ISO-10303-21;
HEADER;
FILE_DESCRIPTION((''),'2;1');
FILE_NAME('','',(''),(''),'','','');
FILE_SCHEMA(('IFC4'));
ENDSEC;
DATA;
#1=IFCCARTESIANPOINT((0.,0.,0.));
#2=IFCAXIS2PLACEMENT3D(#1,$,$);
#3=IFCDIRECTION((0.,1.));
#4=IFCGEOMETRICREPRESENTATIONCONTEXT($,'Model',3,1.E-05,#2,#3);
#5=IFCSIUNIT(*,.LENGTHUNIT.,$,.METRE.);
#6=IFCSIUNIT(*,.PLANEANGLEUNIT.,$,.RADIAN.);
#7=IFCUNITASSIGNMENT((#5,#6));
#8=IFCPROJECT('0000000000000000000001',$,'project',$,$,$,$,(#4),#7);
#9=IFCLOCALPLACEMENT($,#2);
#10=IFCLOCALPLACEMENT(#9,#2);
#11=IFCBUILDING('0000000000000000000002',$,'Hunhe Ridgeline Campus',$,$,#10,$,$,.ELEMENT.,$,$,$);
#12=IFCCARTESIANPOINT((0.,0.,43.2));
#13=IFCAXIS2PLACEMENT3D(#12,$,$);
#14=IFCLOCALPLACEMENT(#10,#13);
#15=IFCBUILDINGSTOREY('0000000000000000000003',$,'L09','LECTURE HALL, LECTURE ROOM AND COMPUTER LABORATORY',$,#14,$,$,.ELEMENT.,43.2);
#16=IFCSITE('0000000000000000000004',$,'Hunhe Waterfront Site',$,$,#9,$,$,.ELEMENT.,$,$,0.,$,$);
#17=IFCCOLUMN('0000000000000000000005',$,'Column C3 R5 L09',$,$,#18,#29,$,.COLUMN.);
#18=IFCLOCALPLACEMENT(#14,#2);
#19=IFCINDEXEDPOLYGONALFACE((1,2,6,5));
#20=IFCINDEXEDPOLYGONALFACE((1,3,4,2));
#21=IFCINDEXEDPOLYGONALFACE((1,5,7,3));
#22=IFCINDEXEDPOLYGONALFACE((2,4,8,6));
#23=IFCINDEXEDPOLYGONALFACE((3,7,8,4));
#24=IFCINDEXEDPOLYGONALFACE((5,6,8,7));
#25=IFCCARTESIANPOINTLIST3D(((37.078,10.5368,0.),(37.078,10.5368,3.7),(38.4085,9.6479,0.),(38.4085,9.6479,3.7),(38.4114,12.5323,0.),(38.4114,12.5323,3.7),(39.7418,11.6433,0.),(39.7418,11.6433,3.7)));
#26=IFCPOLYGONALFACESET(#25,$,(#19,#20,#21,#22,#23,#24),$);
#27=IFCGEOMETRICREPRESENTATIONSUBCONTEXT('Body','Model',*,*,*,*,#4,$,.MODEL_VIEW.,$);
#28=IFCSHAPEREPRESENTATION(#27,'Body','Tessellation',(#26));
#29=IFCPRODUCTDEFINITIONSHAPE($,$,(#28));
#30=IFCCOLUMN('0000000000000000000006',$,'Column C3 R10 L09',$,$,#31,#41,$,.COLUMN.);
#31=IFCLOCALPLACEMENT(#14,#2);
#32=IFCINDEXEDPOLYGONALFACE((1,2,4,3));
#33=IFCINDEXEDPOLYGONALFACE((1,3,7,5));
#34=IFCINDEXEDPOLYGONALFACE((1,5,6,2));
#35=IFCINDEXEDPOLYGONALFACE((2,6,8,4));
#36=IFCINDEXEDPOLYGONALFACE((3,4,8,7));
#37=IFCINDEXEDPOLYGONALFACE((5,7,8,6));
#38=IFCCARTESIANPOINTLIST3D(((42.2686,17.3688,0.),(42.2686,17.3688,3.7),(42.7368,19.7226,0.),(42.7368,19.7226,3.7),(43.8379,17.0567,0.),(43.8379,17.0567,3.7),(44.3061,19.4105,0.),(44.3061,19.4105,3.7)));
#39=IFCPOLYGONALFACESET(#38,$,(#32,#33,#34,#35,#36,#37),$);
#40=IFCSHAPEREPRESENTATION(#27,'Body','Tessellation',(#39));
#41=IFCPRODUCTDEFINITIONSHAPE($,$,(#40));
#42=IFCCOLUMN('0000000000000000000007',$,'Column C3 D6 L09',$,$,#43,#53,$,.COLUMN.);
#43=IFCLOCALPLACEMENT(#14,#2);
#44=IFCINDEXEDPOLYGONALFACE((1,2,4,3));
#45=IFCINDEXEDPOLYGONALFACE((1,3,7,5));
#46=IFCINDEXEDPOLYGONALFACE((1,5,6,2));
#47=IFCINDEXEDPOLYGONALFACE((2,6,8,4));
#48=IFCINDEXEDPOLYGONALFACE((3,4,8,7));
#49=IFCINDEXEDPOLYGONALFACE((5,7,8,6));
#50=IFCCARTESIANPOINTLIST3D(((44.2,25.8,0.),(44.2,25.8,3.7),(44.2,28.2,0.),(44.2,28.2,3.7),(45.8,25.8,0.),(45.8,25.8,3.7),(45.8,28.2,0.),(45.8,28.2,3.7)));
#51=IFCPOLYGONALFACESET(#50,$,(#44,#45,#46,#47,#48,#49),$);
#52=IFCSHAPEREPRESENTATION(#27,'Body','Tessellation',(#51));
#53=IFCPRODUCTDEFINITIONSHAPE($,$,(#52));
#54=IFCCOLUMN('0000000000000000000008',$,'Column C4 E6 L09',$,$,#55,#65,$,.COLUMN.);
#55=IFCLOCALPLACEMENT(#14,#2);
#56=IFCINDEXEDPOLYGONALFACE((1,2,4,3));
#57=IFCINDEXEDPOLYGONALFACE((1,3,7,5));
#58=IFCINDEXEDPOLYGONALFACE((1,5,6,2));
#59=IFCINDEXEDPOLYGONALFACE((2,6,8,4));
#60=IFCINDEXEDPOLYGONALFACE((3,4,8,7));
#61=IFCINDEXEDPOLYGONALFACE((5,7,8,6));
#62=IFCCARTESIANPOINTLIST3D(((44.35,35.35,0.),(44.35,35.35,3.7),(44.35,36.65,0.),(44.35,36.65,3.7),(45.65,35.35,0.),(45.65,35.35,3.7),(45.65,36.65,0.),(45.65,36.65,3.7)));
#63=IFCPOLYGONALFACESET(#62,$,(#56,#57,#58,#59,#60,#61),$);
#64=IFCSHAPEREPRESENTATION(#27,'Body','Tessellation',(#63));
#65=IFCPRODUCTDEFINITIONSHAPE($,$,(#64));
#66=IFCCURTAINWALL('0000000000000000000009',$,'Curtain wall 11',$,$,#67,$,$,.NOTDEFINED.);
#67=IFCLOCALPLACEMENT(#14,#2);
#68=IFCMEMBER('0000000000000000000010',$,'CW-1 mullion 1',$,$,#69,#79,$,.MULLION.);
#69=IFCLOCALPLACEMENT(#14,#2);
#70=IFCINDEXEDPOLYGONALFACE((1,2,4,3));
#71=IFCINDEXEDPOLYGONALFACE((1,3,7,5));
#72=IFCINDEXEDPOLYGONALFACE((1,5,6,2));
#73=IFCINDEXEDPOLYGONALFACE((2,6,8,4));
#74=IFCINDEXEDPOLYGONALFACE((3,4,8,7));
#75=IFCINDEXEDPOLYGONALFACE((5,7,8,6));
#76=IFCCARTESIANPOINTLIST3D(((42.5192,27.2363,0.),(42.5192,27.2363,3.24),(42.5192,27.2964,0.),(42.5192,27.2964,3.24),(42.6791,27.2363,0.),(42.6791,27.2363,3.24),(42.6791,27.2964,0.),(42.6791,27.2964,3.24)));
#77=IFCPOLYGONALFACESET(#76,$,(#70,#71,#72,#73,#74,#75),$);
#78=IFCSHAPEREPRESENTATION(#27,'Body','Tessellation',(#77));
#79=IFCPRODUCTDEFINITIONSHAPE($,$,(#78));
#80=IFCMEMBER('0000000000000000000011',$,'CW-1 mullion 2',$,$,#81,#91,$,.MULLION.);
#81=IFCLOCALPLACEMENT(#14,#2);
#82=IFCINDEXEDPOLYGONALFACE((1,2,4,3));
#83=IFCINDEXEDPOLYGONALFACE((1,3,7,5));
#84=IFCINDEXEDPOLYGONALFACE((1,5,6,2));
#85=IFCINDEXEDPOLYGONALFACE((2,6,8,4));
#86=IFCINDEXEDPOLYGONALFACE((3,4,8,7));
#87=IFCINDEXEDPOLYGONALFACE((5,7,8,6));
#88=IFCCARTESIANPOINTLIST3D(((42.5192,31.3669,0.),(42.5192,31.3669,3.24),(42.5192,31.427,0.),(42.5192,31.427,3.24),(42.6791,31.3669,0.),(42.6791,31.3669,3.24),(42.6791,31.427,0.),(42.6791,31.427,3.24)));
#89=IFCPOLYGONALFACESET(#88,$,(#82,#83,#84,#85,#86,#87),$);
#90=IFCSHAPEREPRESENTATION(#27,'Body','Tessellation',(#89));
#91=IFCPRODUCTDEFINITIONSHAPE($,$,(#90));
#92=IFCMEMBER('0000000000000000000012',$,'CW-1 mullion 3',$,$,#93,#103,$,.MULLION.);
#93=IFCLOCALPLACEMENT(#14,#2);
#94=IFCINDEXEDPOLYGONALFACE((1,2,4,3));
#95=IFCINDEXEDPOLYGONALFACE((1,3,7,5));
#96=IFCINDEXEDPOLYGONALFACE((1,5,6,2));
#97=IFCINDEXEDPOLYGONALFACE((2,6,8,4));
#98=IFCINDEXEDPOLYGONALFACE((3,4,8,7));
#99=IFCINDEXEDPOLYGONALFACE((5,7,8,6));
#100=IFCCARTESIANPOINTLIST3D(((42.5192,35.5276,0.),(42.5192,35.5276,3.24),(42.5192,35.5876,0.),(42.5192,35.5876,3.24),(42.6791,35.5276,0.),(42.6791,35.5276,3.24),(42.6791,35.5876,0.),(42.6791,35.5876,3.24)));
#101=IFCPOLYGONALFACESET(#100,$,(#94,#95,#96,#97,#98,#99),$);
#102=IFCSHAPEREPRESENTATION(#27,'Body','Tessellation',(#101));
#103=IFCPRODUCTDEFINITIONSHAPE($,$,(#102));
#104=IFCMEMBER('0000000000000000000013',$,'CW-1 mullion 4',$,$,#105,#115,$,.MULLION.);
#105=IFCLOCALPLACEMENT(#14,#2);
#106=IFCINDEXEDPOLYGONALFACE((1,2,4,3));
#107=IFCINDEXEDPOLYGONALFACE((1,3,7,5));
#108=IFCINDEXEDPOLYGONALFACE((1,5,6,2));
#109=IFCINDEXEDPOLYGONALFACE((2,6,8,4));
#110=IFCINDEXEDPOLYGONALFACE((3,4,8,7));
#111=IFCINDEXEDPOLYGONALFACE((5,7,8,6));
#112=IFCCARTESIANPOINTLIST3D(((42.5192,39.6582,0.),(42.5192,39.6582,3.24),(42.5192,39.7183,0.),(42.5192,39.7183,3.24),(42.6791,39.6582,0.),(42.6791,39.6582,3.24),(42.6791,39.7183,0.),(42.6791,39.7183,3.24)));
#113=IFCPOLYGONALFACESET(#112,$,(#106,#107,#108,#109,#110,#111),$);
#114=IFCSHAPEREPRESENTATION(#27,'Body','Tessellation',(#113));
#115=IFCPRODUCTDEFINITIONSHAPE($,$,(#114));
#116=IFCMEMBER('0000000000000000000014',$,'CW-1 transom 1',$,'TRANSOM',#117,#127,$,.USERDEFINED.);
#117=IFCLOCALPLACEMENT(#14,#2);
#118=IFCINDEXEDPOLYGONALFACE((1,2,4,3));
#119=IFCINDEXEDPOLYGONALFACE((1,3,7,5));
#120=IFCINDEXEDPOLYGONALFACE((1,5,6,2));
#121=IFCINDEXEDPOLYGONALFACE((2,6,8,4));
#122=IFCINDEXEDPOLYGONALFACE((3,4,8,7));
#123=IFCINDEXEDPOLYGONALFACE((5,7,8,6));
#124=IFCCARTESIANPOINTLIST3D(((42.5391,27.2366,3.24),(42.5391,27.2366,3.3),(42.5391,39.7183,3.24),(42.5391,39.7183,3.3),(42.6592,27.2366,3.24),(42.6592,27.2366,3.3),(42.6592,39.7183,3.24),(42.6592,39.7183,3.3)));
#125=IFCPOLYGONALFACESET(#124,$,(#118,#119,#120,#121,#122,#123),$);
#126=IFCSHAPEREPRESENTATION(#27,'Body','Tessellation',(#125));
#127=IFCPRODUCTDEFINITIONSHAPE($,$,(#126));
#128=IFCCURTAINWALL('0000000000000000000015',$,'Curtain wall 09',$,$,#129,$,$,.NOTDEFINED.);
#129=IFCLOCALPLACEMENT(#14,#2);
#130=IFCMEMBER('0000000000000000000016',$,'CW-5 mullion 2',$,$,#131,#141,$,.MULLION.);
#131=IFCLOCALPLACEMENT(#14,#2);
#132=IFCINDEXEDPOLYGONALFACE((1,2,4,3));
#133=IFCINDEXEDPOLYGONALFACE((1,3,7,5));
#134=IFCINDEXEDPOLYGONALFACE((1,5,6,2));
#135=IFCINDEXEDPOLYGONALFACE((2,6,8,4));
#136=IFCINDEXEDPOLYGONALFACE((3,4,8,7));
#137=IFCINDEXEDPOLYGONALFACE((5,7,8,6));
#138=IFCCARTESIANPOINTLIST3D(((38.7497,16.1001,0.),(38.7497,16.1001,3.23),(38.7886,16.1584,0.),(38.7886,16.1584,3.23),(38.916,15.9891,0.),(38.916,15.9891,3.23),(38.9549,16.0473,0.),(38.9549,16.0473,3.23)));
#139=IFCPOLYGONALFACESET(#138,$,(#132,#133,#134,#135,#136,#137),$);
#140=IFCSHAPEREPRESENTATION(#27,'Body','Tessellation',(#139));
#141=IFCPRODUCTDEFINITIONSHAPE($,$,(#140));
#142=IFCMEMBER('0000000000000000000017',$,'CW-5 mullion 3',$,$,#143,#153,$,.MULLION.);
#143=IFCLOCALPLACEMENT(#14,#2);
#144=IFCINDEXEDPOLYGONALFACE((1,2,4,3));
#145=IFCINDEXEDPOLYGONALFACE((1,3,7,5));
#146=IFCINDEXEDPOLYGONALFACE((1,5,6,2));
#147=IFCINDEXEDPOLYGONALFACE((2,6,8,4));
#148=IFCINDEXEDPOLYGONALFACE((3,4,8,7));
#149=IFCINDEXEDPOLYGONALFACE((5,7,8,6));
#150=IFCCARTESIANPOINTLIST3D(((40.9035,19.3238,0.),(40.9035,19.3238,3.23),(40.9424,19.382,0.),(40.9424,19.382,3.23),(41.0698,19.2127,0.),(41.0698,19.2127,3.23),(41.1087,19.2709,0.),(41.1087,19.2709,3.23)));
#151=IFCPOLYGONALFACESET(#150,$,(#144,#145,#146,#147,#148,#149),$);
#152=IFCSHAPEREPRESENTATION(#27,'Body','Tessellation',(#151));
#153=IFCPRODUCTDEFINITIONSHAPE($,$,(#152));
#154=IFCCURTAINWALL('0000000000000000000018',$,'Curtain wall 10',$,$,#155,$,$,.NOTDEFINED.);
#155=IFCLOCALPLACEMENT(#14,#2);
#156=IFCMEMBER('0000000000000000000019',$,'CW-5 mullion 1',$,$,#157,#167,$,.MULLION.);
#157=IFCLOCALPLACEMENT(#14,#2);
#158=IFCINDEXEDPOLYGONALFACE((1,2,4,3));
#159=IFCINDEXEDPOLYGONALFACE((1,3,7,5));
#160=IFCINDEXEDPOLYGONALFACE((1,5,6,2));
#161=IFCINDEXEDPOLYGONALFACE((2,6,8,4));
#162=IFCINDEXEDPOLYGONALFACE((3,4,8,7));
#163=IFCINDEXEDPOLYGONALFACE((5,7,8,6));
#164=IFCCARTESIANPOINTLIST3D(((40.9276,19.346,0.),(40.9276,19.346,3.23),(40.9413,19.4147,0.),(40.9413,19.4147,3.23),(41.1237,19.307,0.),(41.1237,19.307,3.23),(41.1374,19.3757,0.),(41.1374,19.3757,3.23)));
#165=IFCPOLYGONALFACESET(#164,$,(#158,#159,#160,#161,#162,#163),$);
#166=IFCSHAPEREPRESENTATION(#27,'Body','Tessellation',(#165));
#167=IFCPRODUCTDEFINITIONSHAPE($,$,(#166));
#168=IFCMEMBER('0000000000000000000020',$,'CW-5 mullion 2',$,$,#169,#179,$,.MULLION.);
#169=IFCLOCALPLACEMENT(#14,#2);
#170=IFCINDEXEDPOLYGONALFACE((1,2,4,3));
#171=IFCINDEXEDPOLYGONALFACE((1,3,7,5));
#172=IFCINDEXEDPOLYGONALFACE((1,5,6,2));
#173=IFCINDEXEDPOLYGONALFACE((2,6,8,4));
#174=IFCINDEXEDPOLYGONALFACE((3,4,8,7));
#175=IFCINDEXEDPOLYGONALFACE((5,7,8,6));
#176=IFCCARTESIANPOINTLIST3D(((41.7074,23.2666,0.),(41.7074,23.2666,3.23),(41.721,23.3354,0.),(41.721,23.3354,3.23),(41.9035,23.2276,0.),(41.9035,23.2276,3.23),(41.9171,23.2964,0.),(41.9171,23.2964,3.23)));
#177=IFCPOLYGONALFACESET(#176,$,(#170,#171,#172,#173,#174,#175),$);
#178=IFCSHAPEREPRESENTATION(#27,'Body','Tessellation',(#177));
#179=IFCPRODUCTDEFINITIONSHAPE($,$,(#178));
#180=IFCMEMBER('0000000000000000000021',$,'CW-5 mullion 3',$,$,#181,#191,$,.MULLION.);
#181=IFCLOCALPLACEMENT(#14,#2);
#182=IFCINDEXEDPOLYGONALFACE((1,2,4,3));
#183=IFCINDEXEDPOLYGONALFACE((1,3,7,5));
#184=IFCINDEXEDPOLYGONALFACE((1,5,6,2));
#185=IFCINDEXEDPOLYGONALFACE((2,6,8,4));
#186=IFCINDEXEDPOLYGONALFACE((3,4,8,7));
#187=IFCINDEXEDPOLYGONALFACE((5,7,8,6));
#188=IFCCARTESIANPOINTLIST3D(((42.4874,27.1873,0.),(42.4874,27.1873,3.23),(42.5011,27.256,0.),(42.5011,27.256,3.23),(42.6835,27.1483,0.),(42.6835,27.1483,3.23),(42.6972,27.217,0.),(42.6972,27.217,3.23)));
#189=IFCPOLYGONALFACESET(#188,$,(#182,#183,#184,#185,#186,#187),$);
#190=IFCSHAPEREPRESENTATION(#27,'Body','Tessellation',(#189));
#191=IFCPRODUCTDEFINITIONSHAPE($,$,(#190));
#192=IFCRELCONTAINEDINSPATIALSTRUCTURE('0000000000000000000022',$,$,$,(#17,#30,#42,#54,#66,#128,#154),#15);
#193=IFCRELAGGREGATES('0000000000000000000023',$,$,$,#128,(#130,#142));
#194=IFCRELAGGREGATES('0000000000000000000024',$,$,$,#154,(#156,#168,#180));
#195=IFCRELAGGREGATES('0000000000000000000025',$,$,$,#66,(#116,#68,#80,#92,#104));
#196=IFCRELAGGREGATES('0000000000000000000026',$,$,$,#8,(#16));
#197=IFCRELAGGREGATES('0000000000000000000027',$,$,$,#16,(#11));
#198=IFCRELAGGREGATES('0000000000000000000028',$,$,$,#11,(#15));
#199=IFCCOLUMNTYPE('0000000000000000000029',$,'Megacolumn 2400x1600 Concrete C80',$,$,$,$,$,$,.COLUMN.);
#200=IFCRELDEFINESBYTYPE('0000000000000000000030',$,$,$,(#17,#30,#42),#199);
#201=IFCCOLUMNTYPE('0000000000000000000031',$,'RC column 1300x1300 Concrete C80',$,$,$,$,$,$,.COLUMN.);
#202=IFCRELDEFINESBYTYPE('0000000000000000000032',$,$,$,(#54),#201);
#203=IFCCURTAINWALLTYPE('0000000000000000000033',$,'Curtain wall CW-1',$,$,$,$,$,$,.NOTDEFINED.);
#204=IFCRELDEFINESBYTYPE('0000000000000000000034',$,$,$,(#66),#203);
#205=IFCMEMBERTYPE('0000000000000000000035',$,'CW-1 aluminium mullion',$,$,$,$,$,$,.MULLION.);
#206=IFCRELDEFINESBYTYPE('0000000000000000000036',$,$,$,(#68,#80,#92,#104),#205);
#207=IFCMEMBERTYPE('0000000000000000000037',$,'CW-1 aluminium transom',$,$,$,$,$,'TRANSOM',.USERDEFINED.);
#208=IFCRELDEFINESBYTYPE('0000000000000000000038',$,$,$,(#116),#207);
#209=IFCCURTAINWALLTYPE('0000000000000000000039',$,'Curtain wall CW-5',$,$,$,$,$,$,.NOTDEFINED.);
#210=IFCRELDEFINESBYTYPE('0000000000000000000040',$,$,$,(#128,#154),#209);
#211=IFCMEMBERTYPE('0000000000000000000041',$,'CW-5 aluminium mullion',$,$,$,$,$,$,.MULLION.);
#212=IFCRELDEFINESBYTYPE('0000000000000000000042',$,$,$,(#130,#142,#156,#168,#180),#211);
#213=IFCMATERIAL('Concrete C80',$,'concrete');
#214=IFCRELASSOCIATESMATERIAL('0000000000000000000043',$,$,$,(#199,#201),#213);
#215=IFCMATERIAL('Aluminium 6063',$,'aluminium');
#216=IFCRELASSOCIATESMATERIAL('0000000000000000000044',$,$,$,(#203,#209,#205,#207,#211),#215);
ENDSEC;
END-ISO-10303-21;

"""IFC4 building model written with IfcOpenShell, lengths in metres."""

from ifc_helpers import new_model, si_unit, direction, frame, origin, origin_2d, place, context, subcontext, project, spatial, rectangle, extrude, material, material_profile, profile_set, type_object, element, aggregate, save


model = new_model("IFC4")

# Units and contexts
model_context = context("Model", 3, precision=1e-05, world=origin(), true_north=direction((0.0, 1.0)))
body_context = subcontext(model_context, "Body", "Model", "MODEL_VIEW")
ifc_project = project(units=[si_unit("LENGTHUNIT", "METRE"), si_unit("PLANEANGLEUNIT", "RADIAN")], contexts=[model_context])

# Site, building, storey
site_placement = place(None, origin())
site = spatial("IfcSite", under=ifc_project, at=site_placement, Name="Hunhe Waterfront Site", CompositionType="ELEMENT", RefElevation=0.0)
building_placement = place(site_placement, origin())
building = spatial("IfcBuilding", under=site, at=building_placement, Name="Hunhe Ridgeline Campus", CompositionType="ELEMENT")
storey_placement = place(building_placement, frame((0.0, 0.0, 43.2)))
storey = spatial("IfcBuildingStorey", under=building, at=storey_placement, Name="L09", Description="LECTURE HALL, LECTURE ROOM AND COMPUTER LABORATORY", CompositionType="ELEMENT", Elevation=43.2)

# Columns
ifc_material_1 = material(Name="Concrete C80", Category="concrete")
ifc_material_profile_1 = material_profile(ifc_material_1, rectangle(XDim=2.3999, YDim=1.6001, at=origin_2d()))
ifc_profile_set_1 = profile_set([ifc_material_profile_1], Name="Concrete C80")
column_type_1 = type_object("IfcColumnType", Name="Megacolumn 2400x1600 Concrete C80", PredefinedType="COLUMN", material=ifc_profile_set_1)
for number, where, z_axis, x_axis, name in (
    (1, (38.4099, 11.0901, 0.0), (0.0, 0.0, 1.0), (0.55557, 0.83147, 0.0), "Column C3 R5 L09"),
    (2, (43.2874, 18.3896, 0.0), (0.0, 0.0, 1.0), (0.19509, 0.980785, 0.0), "Column C3 R10 L09"),
    (3, (45.0, 27.0, 0.0), (0.0, 0.0, 1.0), (0.0, 1.0, 0.0), "Column C3 D6 L09"),
):
    element("IfcColumn", number, at=place(storey_placement, frame(where, z_axis=z_axis, x_axis=x_axis)), inside=storey, type_object=column_type_1, Name=name, PredefinedType="COLUMN", context=body_context, shape_type="SweptSolid", body=[
        extrude(rectangle(XDim=2.3999, YDim=1.6001, at=origin_2d()), origin(), (0.0, 0.0, 1.0), 3.7),
    ])
ifc_material_profile_2 = material_profile(ifc_material_1, rectangle(XDim=1.3, YDim=1.3, at=origin_2d()))
ifc_profile_set_2 = profile_set([ifc_material_profile_2], Name="Concrete C80")
column_type_2 = type_object("IfcColumnType", Name="RC column 1300x1300 Concrete C80", PredefinedType="COLUMN", material=ifc_profile_set_2)
column_placement = place(storey_placement, frame((45.0, 36.0, 0.0), z_axis=(0.0, 0.0, 1.0), x_axis=(1.0, 0.0, 0.0)))
element("IfcColumn", 4, at=column_placement, inside=storey, type_object=column_type_2, Name="Column C4 E6 L09", PredefinedType="COLUMN", context=body_context, shape_type="SweptSolid", body=[
    extrude(rectangle(XDim=1.3, YDim=1.3, at=origin_2d()), origin(), (0.0, 0.0, 1.0), 3.7),
])

# Curtain walls, members
ifc_material_2 = material(Name="Aluminium 6063", Category="aluminium")
curtain_wall_type_1 = type_object("IfcCurtainWallType", Name="Curtain wall CW-1", PredefinedType="NOTDEFINED", material=ifc_material_2)
curtain_wall_1_placement = place(storey_placement, origin())
curtain_wall_1 = element("IfcCurtainWall", 5, at=curtain_wall_1_placement, inside=storey, type_object=curtain_wall_type_1, Name="Curtain wall 11", PredefinedType="NOTDEFINED")
ifc_material_profile_3 = material_profile(ifc_material_2, rectangle(XDim=0.1599, YDim=0.0601, at=origin_2d()))
ifc_profile_set_3 = profile_set([ifc_material_profile_3], Name="Aluminium 6063")
member_type_1 = type_object("IfcMemberType", Name="CW-1 aluminium mullion", PredefinedType="MULLION", material=ifc_profile_set_3)
member_1_placement = place(storey_placement, frame((42.5991, 27.2664, 0.0), z_axis=(0.0, 0.0, 1.0), x_axis=(-1.0, 0.0, 0.0)))
member_1 = element("IfcMember", 6, at=member_1_placement, type_object=member_type_1, Name="CW-1 mullion 1", PredefinedType="MULLION", context=body_context, shape_type="SweptSolid", body=[
    extrude(rectangle(XDim=0.1599, YDim=0.0601, at=origin_2d()), origin(), (0.0, 0.0, 1.0), 3.24),
])
member_2_placement = place(storey_placement, frame((42.5991, 31.397, 0.0), z_axis=(0.0, 0.0, 1.0), x_axis=(-1.0, 0.0, 0.0)))
member_2 = element("IfcMember", 7, at=member_2_placement, type_object=member_type_1, Name="CW-1 mullion 2", PredefinedType="MULLION", context=body_context, shape_type="SweptSolid", body=[
    extrude(rectangle(XDim=0.1599, YDim=0.0601, at=origin_2d()), origin(), (0.0, 0.0, 1.0), 3.24),
])
member_3_placement = place(storey_placement, frame((42.5991, 35.5576, 0.0), z_axis=(0.0, 0.0, 1.0), x_axis=(-1.0, 0.0, 0.0)))
member_3 = element("IfcMember", 8, at=member_3_placement, type_object=member_type_1, Name="CW-1 mullion 3", PredefinedType="MULLION", context=body_context, shape_type="SweptSolid", body=[
    extrude(rectangle(XDim=0.1599, YDim=0.0601, at=origin_2d()), origin(), (0.0, 0.0, 1.0), 3.24),
])
member_4_placement = place(storey_placement, frame((42.5991, 39.6882, 0.0), z_axis=(0.0, 0.0, 1.0), x_axis=(-1.0, 0.0, 0.0)))
member_4 = element("IfcMember", 9, at=member_4_placement, type_object=member_type_1, Name="CW-1 mullion 4", PredefinedType="MULLION", context=body_context, shape_type="SweptSolid", body=[
    extrude(rectangle(XDim=0.1599, YDim=0.0601, at=origin_2d()), origin(), (0.0, 0.0, 1.0), 3.24),
])
ifc_material_profile_4 = material_profile(ifc_material_2, rectangle(XDim=0.1201, YDim=0.0601, at=origin_2d()))
ifc_profile_set_4 = profile_set([ifc_material_profile_4], Name="Aluminium 6063")
member_type_2 = type_object("IfcMemberType", Name="CW-1 aluminium transom", ElementType="TRANSOM", PredefinedType="USERDEFINED", material=ifc_profile_set_4)
member_5_placement = place(storey_placement, frame((42.5991, 27.2366, 3.27), z_axis=(0.0, 1.0, 0.0), x_axis=(-1.0, 0.0, 0.0)))
member_5 = element("IfcMember", 10, at=member_5_placement, type_object=member_type_2, Name="CW-1 transom 1", ObjectType="TRANSOM", PredefinedType="USERDEFINED", context=body_context, shape_type="SweptSolid", body=[
    extrude(rectangle(XDim=0.1201, YDim=0.0601, at=origin_2d()), origin(), (0.0, 0.0, 1.0), 12.4817),
])
curtain_wall_type_2 = type_object("IfcCurtainWallType", Name="Curtain wall CW-5", PredefinedType="NOTDEFINED", material=ifc_material_2)
curtain_wall_2_placement = place(storey_placement, origin())
curtain_wall_2 = element("IfcCurtainWall", 11, at=curtain_wall_2_placement, inside=storey, type_object=curtain_wall_type_2, Name="Curtain wall 09", PredefinedType="NOTDEFINED")
ifc_material_profile_5 = material_profile(ifc_material_2, rectangle(XDim=0.2, YDim=0.0701, at=origin_2d()))
ifc_profile_set_5 = profile_set([ifc_material_profile_5], Name="Aluminium 6063")
member_type_3 = type_object("IfcMemberType", Name="CW-5 aluminium mullion", PredefinedType="MULLION", material=ifc_profile_set_5)
member_6_placement = place(storey_placement, frame((38.8523, 16.0737, 0.0), z_axis=(0.0, 0.0, 1.0), x_axis=(-0.83147, 0.55557, 0.0)))
member_6 = element("IfcMember", 12, at=member_6_placement, type_object=member_type_3, Name="CW-5 mullion 2", PredefinedType="MULLION", context=body_context, shape_type="SweptSolid", body=[
    extrude(rectangle(XDim=0.2, YDim=0.0701, at=origin_2d()), origin(), (0.0, 0.0, 1.0), 3.23),
])
member_7_placement = place(storey_placement, frame((41.0061, 19.2974, 0.0), z_axis=(0.0, 0.0, 1.0), x_axis=(-0.83147, 0.55557, 0.0)))
member_7 = element("IfcMember", 13, at=member_7_placement, type_object=member_type_3, Name="CW-5 mullion 3", PredefinedType="MULLION", context=body_context, shape_type="SweptSolid", body=[
    extrude(rectangle(XDim=0.2, YDim=0.0701, at=origin_2d()), origin(), (0.0, 0.0, 1.0), 3.23),
])
curtain_wall_3_placement = place(storey_placement, origin())
curtain_wall_3 = element("IfcCurtainWall", 14, at=curtain_wall_3_placement, inside=storey, type_object=curtain_wall_type_2, Name="Curtain wall 10", PredefinedType="NOTDEFINED")
member_8_placement = place(storey_placement, frame((41.0325, 19.3608, 0.0), z_axis=(0.0, 0.0, 1.0), x_axis=(-0.980785, 0.19509, 0.0)))
member_8 = element("IfcMember", 15, at=member_8_placement, type_object=member_type_3, Name="CW-5 mullion 1", PredefinedType="MULLION", context=body_context, shape_type="SweptSolid", body=[
    extrude(rectangle(XDim=0.2, YDim=0.0701, at=origin_2d()), origin(), (0.0, 0.0, 1.0), 3.23),
])
member_9_placement = place(storey_placement, frame((41.8123, 23.2815, 0.0), z_axis=(0.0, 0.0, 1.0), x_axis=(-0.980785, 0.19509, 0.0)))
member_9 = element("IfcMember", 16, at=member_9_placement, type_object=member_type_3, Name="CW-5 mullion 2", PredefinedType="MULLION", context=body_context, shape_type="SweptSolid", body=[
    extrude(rectangle(XDim=0.2, YDim=0.0701, at=origin_2d()), origin(), (0.0, 0.0, 1.0), 3.23),
])
member_10_placement = place(storey_placement, frame((42.5923, 27.2021, 0.0), z_axis=(0.0, 0.0, 1.0), x_axis=(-0.980785, 0.19509, 0.0)))
member_10 = element("IfcMember", 17, at=member_10_placement, type_object=member_type_3, Name="CW-5 mullion 3", PredefinedType="MULLION", context=body_context, shape_type="SweptSolid", body=[
    extrude(rectangle(XDim=0.2, YDim=0.0701, at=origin_2d()), origin(), (0.0, 0.0, 1.0), 3.23),
])

aggregate(curtain_wall_2, [member_6, member_7])
aggregate(curtain_wall_3, [member_8, member_9, member_10])
aggregate(curtain_wall_1, [member_5, member_1, member_2, member_3, member_4])

save(model, "model.ifc")
